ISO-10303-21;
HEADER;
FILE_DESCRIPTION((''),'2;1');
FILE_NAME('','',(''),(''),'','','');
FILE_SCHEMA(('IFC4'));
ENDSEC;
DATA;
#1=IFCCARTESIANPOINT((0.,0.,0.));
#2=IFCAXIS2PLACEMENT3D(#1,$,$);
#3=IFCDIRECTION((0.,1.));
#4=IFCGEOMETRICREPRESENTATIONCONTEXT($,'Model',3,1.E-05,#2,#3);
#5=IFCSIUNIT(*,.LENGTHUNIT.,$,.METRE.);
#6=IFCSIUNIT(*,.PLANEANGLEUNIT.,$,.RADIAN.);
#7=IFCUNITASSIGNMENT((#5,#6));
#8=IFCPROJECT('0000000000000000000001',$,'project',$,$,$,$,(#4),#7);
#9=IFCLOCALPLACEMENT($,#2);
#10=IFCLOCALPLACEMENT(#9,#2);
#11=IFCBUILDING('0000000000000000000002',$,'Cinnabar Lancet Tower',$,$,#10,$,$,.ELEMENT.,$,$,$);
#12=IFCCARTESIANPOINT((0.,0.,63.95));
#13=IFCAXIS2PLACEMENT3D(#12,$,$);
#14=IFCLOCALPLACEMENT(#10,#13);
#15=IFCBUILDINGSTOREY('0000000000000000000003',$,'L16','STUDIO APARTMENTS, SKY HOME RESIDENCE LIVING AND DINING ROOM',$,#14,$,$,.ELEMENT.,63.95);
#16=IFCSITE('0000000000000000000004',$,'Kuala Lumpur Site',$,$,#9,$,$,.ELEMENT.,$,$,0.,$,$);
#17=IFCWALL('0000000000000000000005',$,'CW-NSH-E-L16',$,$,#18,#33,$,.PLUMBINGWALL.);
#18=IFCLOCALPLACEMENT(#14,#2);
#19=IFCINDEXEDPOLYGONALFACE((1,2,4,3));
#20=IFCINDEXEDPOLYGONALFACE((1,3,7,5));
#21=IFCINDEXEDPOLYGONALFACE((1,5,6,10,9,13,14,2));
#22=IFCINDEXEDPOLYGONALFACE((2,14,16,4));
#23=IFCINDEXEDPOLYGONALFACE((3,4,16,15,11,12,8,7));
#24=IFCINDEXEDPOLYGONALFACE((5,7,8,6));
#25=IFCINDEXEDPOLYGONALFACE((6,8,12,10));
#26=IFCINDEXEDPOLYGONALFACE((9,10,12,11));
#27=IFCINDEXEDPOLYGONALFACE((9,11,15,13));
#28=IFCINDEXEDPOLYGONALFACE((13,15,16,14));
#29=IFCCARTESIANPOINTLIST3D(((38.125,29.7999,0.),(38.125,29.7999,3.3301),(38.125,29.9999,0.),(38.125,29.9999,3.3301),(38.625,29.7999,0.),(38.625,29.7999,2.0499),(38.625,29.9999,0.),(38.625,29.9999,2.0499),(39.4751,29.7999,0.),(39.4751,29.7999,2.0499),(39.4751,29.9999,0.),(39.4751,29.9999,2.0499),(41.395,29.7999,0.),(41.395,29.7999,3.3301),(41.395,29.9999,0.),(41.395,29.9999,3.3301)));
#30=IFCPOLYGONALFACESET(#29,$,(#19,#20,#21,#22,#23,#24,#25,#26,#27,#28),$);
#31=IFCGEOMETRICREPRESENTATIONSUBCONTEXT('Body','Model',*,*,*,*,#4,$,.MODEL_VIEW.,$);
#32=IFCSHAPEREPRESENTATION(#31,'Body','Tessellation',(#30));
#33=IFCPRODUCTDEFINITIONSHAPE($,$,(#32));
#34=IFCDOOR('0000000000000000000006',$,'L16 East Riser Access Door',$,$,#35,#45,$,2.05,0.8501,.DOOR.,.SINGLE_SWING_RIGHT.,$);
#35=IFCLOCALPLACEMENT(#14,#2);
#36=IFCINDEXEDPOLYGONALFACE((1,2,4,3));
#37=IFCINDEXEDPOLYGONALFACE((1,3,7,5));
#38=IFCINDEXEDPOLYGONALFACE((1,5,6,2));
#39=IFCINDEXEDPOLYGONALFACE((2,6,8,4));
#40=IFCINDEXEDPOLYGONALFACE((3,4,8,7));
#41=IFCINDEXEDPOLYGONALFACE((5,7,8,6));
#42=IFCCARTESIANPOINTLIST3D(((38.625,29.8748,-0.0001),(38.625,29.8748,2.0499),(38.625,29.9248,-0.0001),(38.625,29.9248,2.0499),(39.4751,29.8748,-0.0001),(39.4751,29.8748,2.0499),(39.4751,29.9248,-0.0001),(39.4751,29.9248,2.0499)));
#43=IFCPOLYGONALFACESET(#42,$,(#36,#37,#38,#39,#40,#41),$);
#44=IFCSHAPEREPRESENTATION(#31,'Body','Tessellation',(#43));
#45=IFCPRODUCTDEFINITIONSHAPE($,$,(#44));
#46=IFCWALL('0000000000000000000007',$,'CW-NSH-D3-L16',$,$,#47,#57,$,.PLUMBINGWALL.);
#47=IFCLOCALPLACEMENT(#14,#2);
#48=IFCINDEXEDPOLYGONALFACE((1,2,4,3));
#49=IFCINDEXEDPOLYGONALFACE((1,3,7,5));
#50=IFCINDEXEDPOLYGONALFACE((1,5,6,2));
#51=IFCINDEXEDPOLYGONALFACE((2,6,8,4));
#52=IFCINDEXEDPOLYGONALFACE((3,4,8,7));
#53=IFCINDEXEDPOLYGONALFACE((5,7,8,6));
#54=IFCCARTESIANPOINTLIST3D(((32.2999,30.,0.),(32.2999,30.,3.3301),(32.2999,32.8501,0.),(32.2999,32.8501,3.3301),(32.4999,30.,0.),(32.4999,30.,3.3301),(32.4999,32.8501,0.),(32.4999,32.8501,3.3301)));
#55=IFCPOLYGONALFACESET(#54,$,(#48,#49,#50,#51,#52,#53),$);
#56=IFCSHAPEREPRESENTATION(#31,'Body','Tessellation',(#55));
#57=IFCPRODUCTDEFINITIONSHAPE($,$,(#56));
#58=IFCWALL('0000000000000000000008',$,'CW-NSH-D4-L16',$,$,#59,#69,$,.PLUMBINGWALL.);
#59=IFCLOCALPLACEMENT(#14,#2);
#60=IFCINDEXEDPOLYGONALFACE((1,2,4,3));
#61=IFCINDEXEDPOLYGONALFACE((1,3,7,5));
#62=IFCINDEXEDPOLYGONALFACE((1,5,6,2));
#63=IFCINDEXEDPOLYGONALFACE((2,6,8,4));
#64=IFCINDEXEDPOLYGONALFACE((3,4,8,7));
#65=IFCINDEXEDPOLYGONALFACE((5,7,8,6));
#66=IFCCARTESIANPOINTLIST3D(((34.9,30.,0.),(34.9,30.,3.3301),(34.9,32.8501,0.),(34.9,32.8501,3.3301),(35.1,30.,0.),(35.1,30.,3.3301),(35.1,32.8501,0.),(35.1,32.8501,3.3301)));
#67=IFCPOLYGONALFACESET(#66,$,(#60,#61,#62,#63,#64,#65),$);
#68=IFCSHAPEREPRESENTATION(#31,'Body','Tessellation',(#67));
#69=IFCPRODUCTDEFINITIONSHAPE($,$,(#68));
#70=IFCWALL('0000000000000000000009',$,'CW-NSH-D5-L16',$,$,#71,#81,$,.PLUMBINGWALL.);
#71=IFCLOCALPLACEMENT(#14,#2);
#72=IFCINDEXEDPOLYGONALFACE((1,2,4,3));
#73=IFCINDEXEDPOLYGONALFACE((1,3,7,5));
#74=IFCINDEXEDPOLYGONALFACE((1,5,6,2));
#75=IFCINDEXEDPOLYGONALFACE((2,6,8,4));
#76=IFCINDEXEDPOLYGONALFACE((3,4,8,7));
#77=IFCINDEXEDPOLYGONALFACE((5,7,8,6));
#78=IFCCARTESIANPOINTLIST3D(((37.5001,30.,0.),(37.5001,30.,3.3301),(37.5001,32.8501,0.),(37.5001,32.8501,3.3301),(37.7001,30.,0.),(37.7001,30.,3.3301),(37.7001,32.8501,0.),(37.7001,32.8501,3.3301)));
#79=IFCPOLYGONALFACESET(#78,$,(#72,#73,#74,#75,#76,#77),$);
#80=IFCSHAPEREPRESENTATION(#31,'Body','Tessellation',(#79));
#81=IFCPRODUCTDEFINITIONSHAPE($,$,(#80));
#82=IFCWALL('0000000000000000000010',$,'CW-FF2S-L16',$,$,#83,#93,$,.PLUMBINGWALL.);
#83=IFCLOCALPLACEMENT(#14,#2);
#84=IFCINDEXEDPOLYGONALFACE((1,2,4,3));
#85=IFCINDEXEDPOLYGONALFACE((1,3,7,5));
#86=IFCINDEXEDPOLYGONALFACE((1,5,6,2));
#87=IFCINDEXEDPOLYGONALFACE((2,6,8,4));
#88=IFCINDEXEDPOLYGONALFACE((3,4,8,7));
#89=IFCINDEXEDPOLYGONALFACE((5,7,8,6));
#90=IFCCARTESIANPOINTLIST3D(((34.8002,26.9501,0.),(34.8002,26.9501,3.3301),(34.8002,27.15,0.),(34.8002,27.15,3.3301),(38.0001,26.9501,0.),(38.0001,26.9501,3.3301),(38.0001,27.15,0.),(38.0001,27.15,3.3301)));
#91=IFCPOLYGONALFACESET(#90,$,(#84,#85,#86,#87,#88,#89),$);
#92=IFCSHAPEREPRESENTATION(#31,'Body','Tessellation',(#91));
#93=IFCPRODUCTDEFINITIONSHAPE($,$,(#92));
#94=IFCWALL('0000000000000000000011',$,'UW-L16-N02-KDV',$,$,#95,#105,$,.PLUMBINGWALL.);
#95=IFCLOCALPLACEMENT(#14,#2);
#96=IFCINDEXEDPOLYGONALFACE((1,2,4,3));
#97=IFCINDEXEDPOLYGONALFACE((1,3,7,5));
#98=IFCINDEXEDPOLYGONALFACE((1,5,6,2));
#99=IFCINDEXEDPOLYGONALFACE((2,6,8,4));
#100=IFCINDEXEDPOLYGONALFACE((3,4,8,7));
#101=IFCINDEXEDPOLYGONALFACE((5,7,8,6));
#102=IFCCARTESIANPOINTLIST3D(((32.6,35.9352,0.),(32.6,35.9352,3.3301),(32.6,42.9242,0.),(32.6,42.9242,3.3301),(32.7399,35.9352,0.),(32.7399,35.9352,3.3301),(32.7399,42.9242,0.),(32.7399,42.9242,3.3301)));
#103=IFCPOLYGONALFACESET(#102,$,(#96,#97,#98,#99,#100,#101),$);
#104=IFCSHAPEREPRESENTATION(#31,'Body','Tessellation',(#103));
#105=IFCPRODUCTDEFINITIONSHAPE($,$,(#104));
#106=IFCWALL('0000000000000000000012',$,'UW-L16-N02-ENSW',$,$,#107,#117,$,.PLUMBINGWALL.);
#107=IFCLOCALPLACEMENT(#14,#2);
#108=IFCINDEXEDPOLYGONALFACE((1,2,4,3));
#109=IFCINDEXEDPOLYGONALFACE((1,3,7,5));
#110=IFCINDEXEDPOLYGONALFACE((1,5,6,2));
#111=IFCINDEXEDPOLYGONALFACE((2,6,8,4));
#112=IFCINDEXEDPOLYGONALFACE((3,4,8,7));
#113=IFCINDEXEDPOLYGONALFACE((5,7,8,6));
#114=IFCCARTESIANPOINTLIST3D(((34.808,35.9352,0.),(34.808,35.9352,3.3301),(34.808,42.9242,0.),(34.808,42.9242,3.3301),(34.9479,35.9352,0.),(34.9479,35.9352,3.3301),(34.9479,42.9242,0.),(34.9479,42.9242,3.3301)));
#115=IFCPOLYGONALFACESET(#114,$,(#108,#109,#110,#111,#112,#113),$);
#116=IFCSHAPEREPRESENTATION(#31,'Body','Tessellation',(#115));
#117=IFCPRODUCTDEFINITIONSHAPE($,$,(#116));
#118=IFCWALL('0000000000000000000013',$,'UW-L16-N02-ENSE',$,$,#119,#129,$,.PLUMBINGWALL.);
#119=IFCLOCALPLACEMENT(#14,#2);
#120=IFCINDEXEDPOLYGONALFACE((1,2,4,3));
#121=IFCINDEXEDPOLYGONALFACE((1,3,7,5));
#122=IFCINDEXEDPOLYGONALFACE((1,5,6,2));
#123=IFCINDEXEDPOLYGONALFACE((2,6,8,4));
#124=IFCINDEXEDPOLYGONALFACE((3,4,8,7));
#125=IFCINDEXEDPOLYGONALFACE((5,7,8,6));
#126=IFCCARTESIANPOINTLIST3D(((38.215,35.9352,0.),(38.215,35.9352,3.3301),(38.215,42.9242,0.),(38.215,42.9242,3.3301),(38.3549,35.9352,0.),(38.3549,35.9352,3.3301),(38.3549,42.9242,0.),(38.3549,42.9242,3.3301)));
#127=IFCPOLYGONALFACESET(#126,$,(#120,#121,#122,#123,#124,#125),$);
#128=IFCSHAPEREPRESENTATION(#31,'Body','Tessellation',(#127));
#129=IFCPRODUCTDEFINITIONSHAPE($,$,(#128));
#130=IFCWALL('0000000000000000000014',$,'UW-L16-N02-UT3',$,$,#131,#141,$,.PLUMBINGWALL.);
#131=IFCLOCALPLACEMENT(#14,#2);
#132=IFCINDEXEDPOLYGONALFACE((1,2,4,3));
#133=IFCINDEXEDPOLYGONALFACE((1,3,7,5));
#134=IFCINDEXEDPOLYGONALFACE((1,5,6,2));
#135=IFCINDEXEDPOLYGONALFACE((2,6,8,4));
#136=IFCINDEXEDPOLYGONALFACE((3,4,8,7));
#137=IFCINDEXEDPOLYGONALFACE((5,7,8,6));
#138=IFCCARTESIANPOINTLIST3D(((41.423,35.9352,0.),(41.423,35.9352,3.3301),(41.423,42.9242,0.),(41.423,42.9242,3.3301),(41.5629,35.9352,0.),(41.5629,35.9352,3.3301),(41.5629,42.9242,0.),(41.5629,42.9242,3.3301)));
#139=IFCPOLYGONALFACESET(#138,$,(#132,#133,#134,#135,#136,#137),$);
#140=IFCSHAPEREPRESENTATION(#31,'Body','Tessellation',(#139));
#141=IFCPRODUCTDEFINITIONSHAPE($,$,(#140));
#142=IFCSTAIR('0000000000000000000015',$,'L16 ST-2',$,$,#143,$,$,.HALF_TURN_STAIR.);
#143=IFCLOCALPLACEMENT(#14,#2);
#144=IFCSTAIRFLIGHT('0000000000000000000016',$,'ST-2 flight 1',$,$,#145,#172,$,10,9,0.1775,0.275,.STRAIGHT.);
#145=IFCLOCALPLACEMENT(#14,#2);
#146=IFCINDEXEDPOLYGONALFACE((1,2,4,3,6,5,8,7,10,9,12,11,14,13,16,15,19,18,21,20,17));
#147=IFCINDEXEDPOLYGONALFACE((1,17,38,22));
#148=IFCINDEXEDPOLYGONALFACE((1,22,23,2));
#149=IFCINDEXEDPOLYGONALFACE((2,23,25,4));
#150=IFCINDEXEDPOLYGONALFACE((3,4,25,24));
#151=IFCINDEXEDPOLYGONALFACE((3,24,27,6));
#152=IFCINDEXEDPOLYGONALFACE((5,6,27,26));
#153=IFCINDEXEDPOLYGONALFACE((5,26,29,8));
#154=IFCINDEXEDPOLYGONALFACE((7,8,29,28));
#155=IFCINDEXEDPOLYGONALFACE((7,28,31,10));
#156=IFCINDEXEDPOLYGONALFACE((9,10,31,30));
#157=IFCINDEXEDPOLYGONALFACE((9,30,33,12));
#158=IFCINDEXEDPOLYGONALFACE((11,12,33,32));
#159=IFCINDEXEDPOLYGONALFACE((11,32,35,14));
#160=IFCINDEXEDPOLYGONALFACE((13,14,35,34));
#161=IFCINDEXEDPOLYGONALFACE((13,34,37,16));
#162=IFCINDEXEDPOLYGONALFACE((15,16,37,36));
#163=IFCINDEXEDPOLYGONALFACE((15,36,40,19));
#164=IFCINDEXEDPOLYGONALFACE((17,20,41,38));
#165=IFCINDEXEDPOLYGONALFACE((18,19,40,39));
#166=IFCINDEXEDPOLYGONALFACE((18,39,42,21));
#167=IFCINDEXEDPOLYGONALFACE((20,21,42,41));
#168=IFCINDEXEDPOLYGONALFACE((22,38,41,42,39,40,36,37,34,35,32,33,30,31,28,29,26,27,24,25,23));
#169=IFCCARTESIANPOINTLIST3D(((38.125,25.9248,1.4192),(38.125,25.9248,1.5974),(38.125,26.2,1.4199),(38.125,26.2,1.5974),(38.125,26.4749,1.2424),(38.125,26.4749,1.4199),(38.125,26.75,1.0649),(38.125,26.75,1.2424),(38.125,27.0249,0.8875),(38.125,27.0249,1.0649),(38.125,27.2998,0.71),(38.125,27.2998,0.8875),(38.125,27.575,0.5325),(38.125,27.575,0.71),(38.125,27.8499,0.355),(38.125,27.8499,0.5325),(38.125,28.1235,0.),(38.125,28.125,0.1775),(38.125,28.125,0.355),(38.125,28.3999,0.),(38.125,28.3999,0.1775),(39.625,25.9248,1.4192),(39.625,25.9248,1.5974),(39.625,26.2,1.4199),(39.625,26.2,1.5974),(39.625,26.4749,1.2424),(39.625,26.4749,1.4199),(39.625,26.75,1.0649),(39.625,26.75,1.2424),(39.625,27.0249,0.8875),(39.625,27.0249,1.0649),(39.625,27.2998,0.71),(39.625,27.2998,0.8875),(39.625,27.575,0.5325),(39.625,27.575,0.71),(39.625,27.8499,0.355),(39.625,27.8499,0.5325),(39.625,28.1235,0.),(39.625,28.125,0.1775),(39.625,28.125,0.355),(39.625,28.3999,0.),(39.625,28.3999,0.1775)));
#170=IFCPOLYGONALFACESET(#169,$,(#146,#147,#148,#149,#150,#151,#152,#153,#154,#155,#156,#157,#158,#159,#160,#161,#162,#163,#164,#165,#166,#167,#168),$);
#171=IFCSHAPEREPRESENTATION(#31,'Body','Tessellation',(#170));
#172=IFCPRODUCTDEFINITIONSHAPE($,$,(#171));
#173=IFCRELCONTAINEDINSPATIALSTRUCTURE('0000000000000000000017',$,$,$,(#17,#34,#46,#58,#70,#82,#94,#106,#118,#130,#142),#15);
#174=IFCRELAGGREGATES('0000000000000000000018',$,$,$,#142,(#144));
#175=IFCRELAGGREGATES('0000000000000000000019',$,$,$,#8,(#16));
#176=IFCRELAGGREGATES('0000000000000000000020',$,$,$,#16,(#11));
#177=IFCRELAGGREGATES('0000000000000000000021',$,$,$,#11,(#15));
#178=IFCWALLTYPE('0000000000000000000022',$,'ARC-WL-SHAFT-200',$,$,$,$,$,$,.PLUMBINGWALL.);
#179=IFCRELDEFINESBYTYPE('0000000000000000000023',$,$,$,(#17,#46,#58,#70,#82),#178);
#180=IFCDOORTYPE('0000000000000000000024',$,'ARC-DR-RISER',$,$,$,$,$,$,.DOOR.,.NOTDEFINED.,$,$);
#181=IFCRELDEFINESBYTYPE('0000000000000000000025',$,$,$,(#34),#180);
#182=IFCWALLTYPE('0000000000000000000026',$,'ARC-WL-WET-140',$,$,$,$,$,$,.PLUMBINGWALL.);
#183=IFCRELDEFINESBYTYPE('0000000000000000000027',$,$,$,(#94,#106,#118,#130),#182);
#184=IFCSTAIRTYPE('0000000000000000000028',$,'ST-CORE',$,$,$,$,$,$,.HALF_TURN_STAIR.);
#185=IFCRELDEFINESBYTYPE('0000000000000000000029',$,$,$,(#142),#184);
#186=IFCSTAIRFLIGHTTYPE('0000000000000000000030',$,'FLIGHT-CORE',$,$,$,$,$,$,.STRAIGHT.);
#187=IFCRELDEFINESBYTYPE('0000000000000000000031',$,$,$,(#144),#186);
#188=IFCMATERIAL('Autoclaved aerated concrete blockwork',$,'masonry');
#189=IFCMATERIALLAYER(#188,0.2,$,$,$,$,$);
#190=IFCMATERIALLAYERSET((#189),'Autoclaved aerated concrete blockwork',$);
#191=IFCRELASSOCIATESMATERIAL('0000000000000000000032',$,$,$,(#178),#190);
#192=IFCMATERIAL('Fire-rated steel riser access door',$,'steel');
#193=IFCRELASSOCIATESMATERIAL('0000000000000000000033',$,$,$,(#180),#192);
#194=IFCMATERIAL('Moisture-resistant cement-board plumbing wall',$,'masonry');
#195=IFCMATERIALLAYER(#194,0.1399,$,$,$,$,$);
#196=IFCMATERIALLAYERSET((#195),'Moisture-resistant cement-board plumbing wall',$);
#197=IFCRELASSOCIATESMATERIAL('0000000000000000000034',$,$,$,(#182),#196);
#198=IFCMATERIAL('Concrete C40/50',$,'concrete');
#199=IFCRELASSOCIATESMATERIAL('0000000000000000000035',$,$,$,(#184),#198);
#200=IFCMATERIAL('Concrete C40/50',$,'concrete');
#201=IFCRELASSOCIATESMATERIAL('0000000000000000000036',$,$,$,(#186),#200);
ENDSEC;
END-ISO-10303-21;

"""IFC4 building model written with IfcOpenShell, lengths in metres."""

from ifc_helpers import new_model, si_unit, direction, frame, frame_2d, origin, place, context, subcontext, project, spatial, polyline, rectangle, outline, extrude, material, layer, layer_set, type_object, element, fill, aggregate, save


model = new_model("IFC4")

# Units and contexts
model_context = context("Model", 3, precision=1e-05, world=origin(), true_north=direction((0.0, 1.0)))
body_context = subcontext(model_context, "Body", "Model", "MODEL_VIEW")
ifc_project = project(units=[si_unit("LENGTHUNIT", "METRE"), si_unit("PLANEANGLEUNIT", "RADIAN")], contexts=[model_context])

# Site, building, storey
site_placement = place(None, origin())
site = spatial("IfcSite", under=ifc_project, at=site_placement, Name="Kuala Lumpur Site", CompositionType="ELEMENT", RefElevation=0.0)
building_placement = place(site_placement, origin())
building = spatial("IfcBuilding", under=site, at=building_placement, Name="Cinnabar Lancet Tower", CompositionType="ELEMENT")
storey_placement = place(building_placement, frame((0.0, 0.0, 63.95)))
storey = spatial("IfcBuildingStorey", under=building, at=storey_placement, Name="L16", Description="STUDIO APARTMENTS, SKY HOME RESIDENCE LIVING AND DINING ROOM", CompositionType="ELEMENT", Elevation=63.95)

# Wall, opening, door
ifc_material_1 = material(Name="Autoclaved aerated concrete blockwork", Category="masonry")
ifc_layer_1 = layer(ifc_material_1, 0.2)
ifc_layer_set_1 = layer_set([ifc_layer_1], Name="Autoclaved aerated concrete blockwork")
wall_type_1 = type_object("IfcWallType", Name="ARC-WL-SHAFT-200", PredefinedType="PLUMBINGWALL", material=ifc_layer_set_1)
wall_1_placement = place(storey_placement, frame((38.125, 29.8999, 0.0), z_axis=(0.0, 0.0, 1.0), x_axis=(1.0, 0.0, 0.0)))
wall_1 = element("IfcWall", 1, at=wall_1_placement, inside=storey, type_object=wall_type_1, Name="CW-NSH-E-L16", PredefinedType="PLUMBINGWALL", context=body_context, shape_type="SweptSolid", body=[
    extrude(rectangle(XDim=3.27, YDim=0.2, at=frame_2d((1.635, 0.0))), origin(), (0.0, 0.0, 1.0), 3.3301),
])
opening_1_placement = place(wall_1_placement, frame((0.5, 0.0, 0.0)))
opening_1 = element("IfcOpeningElement", 2, at=opening_1_placement, cuts=wall_1, PredefinedType="OPENING", context=body_context, shape_type="SweptSolid", body=[
    extrude(rectangle(XDim=0.8501, YDim=2.05, at=frame_2d((0.425, 1.0249))), frame((0.0, 0.1099, 0.0), z_axis=(0.0, -1.0, 0.0), x_axis=(1.0, 0.0, 0.0)), (0.0, 0.0, 1.0), 0.22),
])
ifc_material_2 = material(Name="Fire-rated steel riser access door", Category="steel")
door_type_1 = type_object("IfcDoorType", Name="ARC-DR-RISER", OperationType="NOTDEFINED", PredefinedType="DOOR", material=ifc_material_2)
door_1_placement = place(opening_1_placement, origin())
door_1 = element("IfcDoor", 3, at=door_1_placement, inside=storey, type_object=door_type_1, Name="L16 East Riser Access Door", OperationType="SINGLE_SWING_RIGHT", OverallHeight=2.05, OverallWidth=0.8501, PredefinedType="DOOR", context=body_context, shape_type="SweptSolid", body=[
    extrude(rectangle(XDim=0.8501, YDim=2.05, at=frame_2d((0.425, 1.0249))), frame((0.0, 0.0249, 0.0), z_axis=(0.0, -1.0, 0.0), x_axis=(1.0, 0.0, 0.0)), (0.0, 0.0, 1.0), 0.05),
])
fill(opening_1, door_1)

# Walls
for number, where, z_axis, x_axis, name in (
    (4, (32.3999, 30.0, 0.0), (0.0, 0.0, 1.0), (0.0, 1.0, 0.0), "CW-NSH-D3-L16"),
    (5, (35.0, 30.0, 0.0), (0.0, 0.0, 1.0), (0.0, 1.0, 0.0), "CW-NSH-D4-L16"),
    (6, (37.6001, 30.0, 0.0), (0.0, 0.0, 1.0), (0.0, 1.0, 0.0), "CW-NSH-D5-L16"),
):
    element("IfcWall", number, at=place(storey_placement, frame(where, z_axis=z_axis, x_axis=x_axis)), inside=storey, type_object=wall_type_1, Name=name, PredefinedType="PLUMBINGWALL", context=body_context, shape_type="SweptSolid", body=[
        extrude(rectangle(XDim=2.8501, YDim=0.2, at=frame_2d((1.425, 0.0))), origin(), (0.0, 0.0, 1.0), 3.3301),
    ])

# Wall
wall_2_placement = place(storey_placement, frame((34.8, 27.05, 0.0), z_axis=(0.0, 0.0, 1.0), x_axis=(1.0, 0.0, 0.0)))
element("IfcWall", 7, at=wall_2_placement, inside=storey, type_object=wall_type_1, Name="CW-FF2S-L16", PredefinedType="PLUMBINGWALL", context=body_context, shape_type="SweptSolid", body=[
    extrude(rectangle(XDim=3.2, YDim=0.2, at=frame_2d((1.6001, 0.0))), origin(), (0.0, 0.0, 1.0), 3.3301),
])

# Shared definitions
ifc_material_3 = material(Name="Moisture-resistant cement-board plumbing wall", Category="masonry")
ifc_layer_2 = layer(ifc_material_3, 0.1399)
ifc_layer_set_2 = layer_set([ifc_layer_2], Name="Moisture-resistant cement-board plumbing wall")
wall_type_2 = type_object("IfcWallType", Name="ARC-WL-WET-140", PredefinedType="PLUMBINGWALL", material=ifc_layer_set_2)

# Walls
for number, where, z_axis, x_axis, name in (
    (8, (32.6699, 35.9351, 0.0), (0.0, 0.0, 1.0), (0.0, 1.0, 0.0), "UW-L16-N02-KDV"),
    (9, (34.8779, 35.9351, 0.0), (0.0, 0.0, 1.0), (0.0, 1.0, 0.0), "UW-L16-N02-ENSW"),
    (10, (38.2849, 35.9351, 0.0), (0.0, 0.0, 1.0), (0.0, 1.0, 0.0), "UW-L16-N02-ENSE"),
    (11, (41.4929, 35.9351, 0.0), (0.0, 0.0, 1.0), (0.0, 1.0, 0.0), "UW-L16-N02-UT3"),
):
    element("IfcWall", number, at=place(storey_placement, frame(where, z_axis=z_axis, x_axis=x_axis)), inside=storey, type_object=wall_type_2, Name=name, PredefinedType="PLUMBINGWALL", context=body_context, shape_type="SweptSolid", body=[
        extrude(rectangle(XDim=6.989, YDim=0.1399, at=frame_2d((3.4946, 0.0))), origin(), (0.0, 0.0, 1.0), 3.3301),
    ])

# Stair, stair flight
ifc_material_4 = material(Name="Concrete C40/50", Category="concrete")
stair_type = type_object("IfcStairType", Name="ST-CORE", PredefinedType="HALF_TURN_STAIR", material=ifc_material_4)
stair_placement = place(storey_placement, origin())
stair = element("IfcStair", 12, at=stair_placement, inside=storey, type_object=stair_type, Name="L16 ST-2", PredefinedType="HALF_TURN_STAIR")
ifc_material_5 = material(Name="Concrete C40/50", Category="concrete")
stair_flight_type = type_object("IfcStairFlightType", Name="FLIGHT-CORE", PredefinedType="STRAIGHT", material=ifc_material_5)
stair_flight_placement = place(storey_placement, frame((38.875, 28.3999, 0.0), z_axis=(0.0, 0.0, 1.0), x_axis=(0.0, -1.0, 0.0)))
stair_flight = element("IfcStairFlight", 13, at=stair_flight_placement, type_object=stair_flight_type, Name="ST-2 flight 1", NumberOfRisers=10, NumberOfTreads=9, PredefinedType="STRAIGHT", RiserHeight=0.1775, TreadLength=0.275, context=body_context, shape_type="SweptSolid", body=[
    extrude(outline(polyline([(0.0, 0.0), (0.0, 0.1775), (0.2749, 0.1775), (0.2749, 0.355), (0.55, 0.355), (0.55, 0.5325), (0.825, 0.5325), (0.825, 0.71), (1.1001, 0.71), (1.1001, 0.8875), (1.375, 0.8875), (1.375, 1.0649), (1.6499, 1.0649), (1.6499, 1.2424), (1.925, 1.2424), (1.925, 1.4199), (2.2, 1.4199), (2.2, 1.5974), (2.4751, 1.5974), (2.4751, 1.7749), (2.4751, 1.4192), (0.2764, 0.0), (0.0, 0.0)])), frame((0.0, 0.75, 0.0), z_axis=(0.0, -1.0, 0.0), x_axis=(1.0, 0.0, 0.0)), (0.0, 0.0, 1.0), 1.5),
])
aggregate(stair, [stair_flight])

save(model, "model.ifc")
